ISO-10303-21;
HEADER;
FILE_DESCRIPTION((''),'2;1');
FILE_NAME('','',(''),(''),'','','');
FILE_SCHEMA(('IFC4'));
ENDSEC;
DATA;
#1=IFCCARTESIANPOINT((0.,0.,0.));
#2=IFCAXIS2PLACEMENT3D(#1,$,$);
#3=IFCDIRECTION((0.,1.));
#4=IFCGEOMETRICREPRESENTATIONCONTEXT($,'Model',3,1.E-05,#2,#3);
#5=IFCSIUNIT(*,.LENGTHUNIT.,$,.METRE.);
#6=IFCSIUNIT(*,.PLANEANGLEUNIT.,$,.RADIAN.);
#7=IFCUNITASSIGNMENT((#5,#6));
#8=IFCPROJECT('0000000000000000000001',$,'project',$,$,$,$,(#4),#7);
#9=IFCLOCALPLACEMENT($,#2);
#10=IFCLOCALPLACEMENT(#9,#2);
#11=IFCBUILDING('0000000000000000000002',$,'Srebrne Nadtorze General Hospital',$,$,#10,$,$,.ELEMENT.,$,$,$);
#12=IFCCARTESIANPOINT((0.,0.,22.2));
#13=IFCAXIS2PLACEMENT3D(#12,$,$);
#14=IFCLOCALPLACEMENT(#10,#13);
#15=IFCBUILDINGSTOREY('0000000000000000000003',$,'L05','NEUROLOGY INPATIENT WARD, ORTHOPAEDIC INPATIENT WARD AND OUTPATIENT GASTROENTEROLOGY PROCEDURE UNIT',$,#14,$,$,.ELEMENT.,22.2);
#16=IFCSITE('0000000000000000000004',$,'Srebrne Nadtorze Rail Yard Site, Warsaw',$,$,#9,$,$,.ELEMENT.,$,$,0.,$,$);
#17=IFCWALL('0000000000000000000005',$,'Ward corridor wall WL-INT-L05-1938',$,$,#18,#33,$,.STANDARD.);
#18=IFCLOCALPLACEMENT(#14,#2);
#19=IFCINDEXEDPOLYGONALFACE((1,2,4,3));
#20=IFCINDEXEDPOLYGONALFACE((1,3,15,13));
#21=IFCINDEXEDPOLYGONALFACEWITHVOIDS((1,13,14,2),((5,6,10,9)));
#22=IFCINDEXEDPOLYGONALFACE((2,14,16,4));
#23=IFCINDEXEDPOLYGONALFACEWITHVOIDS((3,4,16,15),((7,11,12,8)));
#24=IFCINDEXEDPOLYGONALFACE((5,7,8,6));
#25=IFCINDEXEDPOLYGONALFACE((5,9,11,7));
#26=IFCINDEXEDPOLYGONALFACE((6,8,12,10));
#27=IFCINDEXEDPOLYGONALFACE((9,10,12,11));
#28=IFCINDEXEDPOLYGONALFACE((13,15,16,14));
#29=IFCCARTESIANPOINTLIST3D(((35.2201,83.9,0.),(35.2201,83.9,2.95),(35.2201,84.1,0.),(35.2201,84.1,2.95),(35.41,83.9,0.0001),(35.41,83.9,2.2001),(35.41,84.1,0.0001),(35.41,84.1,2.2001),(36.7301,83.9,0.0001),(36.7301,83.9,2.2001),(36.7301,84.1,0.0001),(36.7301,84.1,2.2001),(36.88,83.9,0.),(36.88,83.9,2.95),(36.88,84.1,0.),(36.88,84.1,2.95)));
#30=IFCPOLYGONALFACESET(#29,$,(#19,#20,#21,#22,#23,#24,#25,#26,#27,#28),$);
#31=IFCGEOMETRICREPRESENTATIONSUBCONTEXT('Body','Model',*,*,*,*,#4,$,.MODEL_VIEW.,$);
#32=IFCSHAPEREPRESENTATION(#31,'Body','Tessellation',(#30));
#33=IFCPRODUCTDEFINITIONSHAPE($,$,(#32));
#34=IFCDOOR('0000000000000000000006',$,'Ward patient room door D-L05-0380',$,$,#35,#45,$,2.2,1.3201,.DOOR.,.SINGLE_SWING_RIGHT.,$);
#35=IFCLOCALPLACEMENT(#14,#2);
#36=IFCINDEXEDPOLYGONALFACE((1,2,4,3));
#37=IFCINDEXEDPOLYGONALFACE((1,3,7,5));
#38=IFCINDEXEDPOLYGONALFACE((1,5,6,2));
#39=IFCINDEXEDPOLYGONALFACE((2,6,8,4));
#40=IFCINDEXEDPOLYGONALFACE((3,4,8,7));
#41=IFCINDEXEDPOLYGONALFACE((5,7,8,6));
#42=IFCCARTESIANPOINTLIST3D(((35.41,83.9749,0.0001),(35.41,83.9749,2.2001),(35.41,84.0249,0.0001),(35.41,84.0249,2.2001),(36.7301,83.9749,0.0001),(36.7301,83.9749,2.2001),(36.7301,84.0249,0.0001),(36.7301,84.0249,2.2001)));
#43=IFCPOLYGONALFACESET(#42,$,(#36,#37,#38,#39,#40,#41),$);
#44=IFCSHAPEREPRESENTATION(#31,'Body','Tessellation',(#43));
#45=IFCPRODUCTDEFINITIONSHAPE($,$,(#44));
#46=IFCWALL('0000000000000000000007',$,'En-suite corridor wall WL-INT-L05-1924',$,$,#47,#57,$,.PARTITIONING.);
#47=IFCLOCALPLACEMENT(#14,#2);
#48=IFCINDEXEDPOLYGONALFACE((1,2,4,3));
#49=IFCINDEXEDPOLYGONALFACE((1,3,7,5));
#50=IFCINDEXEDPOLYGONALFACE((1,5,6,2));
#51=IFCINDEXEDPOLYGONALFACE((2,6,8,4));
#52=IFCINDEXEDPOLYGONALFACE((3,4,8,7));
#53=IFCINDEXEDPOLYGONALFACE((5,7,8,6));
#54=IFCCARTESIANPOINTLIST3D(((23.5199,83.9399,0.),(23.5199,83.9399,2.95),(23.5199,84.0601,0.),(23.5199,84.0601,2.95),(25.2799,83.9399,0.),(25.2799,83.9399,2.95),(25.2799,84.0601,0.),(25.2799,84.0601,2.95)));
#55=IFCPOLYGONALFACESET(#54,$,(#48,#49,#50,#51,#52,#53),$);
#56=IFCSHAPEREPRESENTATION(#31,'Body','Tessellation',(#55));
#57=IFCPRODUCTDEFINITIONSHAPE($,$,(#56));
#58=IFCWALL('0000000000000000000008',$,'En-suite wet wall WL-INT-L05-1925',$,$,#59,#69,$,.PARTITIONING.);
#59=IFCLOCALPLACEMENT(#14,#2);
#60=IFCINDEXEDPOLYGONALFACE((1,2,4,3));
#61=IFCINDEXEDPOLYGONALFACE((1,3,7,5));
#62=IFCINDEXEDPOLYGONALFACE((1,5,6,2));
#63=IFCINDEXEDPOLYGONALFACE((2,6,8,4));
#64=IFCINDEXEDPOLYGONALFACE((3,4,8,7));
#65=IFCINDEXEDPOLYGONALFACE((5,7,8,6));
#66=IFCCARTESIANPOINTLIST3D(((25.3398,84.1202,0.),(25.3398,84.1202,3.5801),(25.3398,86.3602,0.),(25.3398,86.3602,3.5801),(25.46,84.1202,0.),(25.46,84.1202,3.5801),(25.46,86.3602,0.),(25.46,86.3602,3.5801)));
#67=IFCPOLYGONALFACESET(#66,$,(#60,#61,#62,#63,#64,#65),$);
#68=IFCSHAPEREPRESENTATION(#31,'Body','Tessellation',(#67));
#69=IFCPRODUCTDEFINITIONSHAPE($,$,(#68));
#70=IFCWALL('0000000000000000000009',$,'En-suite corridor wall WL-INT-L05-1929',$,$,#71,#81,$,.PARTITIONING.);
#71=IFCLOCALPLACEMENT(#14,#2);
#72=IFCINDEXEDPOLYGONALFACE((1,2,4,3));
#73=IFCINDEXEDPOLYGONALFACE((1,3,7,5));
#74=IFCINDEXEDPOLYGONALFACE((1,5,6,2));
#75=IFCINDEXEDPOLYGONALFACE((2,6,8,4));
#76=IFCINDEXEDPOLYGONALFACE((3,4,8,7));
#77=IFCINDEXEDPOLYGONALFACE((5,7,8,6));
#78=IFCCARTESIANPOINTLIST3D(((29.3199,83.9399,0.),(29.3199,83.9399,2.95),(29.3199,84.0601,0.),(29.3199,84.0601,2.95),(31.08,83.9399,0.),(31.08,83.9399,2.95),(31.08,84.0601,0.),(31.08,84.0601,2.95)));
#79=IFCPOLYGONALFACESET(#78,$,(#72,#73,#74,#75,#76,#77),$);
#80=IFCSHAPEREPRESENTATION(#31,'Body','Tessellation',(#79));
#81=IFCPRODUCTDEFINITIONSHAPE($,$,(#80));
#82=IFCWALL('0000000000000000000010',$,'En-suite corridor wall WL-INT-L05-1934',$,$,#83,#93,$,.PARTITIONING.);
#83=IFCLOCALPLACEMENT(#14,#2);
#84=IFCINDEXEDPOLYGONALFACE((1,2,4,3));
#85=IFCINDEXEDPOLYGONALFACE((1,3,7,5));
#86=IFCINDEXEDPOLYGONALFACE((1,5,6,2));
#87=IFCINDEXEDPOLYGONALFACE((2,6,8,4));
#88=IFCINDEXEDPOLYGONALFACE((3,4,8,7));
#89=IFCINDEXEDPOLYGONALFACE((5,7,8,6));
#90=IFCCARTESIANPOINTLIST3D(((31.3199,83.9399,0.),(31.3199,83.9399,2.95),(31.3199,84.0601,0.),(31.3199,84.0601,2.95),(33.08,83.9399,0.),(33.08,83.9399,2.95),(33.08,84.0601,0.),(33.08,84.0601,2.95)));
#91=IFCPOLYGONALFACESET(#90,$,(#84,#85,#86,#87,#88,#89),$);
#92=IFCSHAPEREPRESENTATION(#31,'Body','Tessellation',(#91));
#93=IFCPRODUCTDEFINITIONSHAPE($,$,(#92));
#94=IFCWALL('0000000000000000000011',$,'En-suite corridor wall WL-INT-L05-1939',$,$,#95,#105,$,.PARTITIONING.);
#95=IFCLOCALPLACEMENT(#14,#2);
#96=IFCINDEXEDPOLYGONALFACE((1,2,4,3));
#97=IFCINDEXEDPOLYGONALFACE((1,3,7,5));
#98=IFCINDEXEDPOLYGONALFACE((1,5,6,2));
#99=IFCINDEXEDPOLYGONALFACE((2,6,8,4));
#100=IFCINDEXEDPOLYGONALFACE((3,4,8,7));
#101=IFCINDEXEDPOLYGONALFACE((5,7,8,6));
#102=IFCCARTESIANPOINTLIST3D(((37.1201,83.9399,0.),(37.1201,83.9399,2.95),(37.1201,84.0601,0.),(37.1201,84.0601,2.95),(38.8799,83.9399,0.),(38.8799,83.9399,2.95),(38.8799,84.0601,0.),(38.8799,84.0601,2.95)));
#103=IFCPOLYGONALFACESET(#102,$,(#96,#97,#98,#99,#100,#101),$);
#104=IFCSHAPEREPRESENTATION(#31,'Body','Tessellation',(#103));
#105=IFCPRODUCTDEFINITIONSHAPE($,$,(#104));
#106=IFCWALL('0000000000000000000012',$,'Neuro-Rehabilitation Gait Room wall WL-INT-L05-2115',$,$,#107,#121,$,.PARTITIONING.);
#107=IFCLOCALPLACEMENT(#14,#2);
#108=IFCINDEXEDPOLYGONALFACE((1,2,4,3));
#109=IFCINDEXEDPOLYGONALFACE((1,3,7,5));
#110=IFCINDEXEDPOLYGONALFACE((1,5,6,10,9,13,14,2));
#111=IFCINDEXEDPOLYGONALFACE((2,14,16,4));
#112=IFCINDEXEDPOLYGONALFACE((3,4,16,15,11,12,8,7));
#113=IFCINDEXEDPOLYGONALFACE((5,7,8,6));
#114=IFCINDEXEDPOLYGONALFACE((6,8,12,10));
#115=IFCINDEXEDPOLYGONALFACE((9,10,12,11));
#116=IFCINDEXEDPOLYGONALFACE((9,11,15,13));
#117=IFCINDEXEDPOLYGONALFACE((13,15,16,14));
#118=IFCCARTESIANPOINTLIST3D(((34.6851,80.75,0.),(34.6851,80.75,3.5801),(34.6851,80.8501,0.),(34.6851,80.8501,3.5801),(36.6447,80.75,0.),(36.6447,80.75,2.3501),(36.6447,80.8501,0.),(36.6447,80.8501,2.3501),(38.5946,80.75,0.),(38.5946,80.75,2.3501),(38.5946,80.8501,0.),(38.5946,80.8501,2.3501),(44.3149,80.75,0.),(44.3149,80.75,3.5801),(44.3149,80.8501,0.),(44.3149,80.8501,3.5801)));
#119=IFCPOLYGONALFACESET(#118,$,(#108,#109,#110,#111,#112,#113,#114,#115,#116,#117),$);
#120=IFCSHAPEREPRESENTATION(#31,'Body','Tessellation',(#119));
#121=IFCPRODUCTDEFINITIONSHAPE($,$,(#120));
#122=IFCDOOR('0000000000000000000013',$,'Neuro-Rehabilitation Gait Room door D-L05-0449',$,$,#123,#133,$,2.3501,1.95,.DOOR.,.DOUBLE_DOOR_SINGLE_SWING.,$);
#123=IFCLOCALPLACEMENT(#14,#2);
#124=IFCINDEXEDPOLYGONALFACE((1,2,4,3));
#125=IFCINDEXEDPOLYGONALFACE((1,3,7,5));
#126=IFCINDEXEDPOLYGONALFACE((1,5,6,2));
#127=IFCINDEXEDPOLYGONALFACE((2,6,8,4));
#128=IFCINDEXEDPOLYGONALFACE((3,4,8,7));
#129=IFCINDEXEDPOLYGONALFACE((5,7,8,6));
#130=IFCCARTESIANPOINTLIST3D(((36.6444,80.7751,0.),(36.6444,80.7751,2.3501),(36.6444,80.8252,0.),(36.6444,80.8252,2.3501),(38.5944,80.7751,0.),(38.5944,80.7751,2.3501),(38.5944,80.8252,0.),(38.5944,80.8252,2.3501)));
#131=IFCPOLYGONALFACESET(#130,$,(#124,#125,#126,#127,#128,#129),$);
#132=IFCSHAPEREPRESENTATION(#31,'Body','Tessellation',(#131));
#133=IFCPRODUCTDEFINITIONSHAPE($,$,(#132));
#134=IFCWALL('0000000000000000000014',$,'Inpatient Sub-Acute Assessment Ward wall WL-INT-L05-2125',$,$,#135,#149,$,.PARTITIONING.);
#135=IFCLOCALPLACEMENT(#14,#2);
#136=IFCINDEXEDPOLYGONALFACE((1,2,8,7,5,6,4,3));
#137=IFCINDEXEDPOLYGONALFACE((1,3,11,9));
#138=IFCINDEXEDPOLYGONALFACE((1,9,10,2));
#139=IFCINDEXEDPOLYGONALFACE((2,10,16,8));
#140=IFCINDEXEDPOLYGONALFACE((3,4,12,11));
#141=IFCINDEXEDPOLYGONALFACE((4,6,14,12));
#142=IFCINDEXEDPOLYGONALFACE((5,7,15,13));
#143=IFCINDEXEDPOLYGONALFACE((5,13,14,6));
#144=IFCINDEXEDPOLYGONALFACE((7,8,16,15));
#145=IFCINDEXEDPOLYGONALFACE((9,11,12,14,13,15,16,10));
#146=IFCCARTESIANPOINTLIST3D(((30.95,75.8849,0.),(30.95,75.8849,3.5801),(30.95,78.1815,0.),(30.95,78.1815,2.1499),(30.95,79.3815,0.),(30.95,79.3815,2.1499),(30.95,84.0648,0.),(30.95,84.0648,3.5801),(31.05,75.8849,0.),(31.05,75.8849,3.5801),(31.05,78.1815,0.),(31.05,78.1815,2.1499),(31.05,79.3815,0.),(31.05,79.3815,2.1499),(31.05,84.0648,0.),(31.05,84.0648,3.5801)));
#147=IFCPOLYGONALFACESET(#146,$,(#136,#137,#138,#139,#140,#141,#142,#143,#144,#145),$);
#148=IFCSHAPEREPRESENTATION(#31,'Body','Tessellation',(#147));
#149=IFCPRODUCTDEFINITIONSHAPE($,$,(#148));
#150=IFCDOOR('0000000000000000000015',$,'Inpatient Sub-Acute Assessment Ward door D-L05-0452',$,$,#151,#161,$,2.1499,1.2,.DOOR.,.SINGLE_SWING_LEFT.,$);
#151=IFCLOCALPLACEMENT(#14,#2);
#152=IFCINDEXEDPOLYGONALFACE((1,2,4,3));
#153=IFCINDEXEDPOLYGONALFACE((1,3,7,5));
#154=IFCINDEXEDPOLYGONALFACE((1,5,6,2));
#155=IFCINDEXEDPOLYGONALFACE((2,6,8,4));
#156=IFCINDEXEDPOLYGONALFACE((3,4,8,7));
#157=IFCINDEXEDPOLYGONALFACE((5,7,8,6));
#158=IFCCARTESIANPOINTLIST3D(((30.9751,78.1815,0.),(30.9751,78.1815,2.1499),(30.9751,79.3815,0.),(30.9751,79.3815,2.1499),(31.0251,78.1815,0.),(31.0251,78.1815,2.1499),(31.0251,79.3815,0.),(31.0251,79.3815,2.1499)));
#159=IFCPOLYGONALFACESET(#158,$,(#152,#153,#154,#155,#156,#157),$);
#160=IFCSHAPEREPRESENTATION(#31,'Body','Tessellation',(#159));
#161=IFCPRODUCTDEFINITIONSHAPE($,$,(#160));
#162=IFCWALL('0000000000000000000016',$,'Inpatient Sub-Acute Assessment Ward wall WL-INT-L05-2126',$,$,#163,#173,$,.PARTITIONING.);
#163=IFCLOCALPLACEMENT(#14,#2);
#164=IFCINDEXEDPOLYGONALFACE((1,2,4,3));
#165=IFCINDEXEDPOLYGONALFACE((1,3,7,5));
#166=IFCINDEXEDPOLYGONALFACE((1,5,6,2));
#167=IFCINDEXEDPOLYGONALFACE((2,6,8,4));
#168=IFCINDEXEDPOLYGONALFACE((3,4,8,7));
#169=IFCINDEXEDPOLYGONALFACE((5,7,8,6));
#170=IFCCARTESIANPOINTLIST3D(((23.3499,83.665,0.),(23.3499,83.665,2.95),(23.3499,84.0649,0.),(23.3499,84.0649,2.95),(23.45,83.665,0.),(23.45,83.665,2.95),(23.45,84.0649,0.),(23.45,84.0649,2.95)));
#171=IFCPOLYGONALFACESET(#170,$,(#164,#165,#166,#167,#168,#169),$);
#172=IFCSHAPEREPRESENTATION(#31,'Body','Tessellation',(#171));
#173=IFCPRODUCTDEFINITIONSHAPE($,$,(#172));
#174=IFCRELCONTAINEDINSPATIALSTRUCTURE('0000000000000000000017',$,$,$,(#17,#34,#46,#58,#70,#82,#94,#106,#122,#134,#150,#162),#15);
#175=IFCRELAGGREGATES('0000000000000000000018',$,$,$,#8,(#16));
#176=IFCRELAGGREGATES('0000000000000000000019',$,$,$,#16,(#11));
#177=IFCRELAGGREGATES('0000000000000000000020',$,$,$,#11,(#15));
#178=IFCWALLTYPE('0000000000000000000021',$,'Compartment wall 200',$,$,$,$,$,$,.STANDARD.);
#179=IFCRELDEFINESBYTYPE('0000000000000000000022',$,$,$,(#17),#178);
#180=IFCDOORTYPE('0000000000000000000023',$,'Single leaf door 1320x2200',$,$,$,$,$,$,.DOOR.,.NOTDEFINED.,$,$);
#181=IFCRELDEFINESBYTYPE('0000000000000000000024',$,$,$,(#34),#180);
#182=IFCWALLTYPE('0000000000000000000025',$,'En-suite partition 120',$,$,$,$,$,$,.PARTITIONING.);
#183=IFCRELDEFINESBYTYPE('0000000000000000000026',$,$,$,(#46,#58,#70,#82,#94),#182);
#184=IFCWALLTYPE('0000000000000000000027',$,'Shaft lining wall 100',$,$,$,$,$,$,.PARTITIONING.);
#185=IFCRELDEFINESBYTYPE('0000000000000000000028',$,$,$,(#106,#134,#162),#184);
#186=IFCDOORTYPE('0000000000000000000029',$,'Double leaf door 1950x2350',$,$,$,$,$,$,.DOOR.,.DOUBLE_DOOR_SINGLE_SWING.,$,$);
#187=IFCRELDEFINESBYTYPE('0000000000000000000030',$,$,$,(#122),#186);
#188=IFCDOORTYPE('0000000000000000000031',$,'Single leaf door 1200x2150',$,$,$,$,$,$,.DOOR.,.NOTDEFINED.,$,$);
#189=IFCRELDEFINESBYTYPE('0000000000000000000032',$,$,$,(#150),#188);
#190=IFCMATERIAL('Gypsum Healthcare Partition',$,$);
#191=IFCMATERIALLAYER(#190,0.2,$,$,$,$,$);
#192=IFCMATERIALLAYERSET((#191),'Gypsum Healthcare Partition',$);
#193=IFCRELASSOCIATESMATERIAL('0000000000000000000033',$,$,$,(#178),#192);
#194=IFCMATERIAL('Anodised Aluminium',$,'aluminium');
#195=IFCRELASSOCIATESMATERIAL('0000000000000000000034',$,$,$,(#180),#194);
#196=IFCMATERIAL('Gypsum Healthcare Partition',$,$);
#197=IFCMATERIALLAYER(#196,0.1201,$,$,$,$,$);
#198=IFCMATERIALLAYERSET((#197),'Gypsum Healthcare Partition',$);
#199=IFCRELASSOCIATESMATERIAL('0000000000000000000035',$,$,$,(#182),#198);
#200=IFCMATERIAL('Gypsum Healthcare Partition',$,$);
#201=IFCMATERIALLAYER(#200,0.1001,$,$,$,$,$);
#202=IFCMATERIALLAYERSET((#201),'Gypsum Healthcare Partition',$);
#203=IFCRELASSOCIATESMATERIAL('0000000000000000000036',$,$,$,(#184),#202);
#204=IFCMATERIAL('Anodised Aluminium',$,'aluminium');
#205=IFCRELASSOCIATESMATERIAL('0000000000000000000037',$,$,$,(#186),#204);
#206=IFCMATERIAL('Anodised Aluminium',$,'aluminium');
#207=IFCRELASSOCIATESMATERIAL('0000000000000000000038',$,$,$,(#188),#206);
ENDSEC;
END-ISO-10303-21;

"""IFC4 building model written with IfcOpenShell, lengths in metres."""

from ifc_helpers import new_model, si_unit, direction, frame, frame_2d, origin, place, context, subcontext, project, spatial, rectangle, extrude, material, layer, layer_set, type_object, element, fill, save


model = new_model("IFC4")

# Units and contexts
model_context = context("Model", 3, precision=1e-05, world=origin(), true_north=direction((0.0, 1.0)))
body_context = subcontext(model_context, "Body", "Model", "MODEL_VIEW")
ifc_project = project(units=[si_unit("LENGTHUNIT", "METRE"), si_unit("PLANEANGLEUNIT", "RADIAN")], contexts=[model_context])

# Site, building, storey
site_placement = place(None, origin())
site = spatial("IfcSite", under=ifc_project, at=site_placement, Name="Srebrne Nadtorze Rail Yard Site, Warsaw", CompositionType="ELEMENT", RefElevation=0.0)
building_placement = place(site_placement, origin())
building = spatial("IfcBuilding", under=site, at=building_placement, Name="Srebrne Nadtorze General Hospital", CompositionType="ELEMENT")
storey_placement = place(building_placement, frame((0.0, 0.0, 22.2)))
storey = spatial("IfcBuildingStorey", under=building, at=storey_placement, Name="L05", Description="NEUROLOGY INPATIENT WARD, ORTHOPAEDIC INPATIENT WARD AND OUTPATIENT GASTROENTEROLOGY PROCEDURE UNIT", CompositionType="ELEMENT", Elevation=22.2)

# Wall, opening, door
ifc_material_1 = material(Name="Gypsum Healthcare Partition")
ifc_layer_1 = layer(ifc_material_1, 0.2)
ifc_layer_set_1 = layer_set([ifc_layer_1], Name="Gypsum Healthcare Partition")
wall_type_1 = type_object("IfcWallType", Name="Compartment wall 200", PredefinedType="STANDARD", material=ifc_layer_set_1)
wall_1_placement = place(storey_placement, frame((35.22, 84.0, 0.0), z_axis=(0.0, 0.0, 1.0), x_axis=(1.0, 0.0, 0.0)))
wall_1 = element("IfcWall", 1, at=wall_1_placement, inside=storey, type_object=wall_type_1, Name="Ward corridor wall WL-INT-L05-1938", PredefinedType="STANDARD", context=body_context, shape_type="SweptSolid", body=[
    extrude(rectangle(XDim=1.6599, YDim=0.2, at=frame_2d((0.8301, 0.0))), origin(), (0.0, 0.0, 1.0), 2.95),
])
opening_1_placement = place(wall_1_placement, frame((0.1899, 0.0, 0.0)))
opening_1 = element("IfcOpeningElement", 2, at=opening_1_placement, cuts=wall_1, PredefinedType="OPENING", context=body_context, shape_type="SweptSolid", body=[
    extrude(rectangle(XDim=1.3201, YDim=2.2, at=frame_2d((0.6602, 1.1001))), frame((0.0, 0.1118, 0.0), z_axis=(0.0, -1.0, 0.0), x_axis=(1.0, 0.0, 0.0)), (0.0, 0.0, 1.0), 0.2239),
])
ifc_material_2 = material(Name="Anodised Aluminium", Category="aluminium")
door_type_1 = type_object("IfcDoorType", Name="Single leaf door 1320x2200", OperationType="NOTDEFINED", PredefinedType="DOOR", material=ifc_material_2)
door_1_placement = place(opening_1_placement, origin())
door_1 = element("IfcDoor", 3, at=door_1_placement, inside=storey, type_object=door_type_1, Name="Ward patient room door D-L05-0380", OperationType="SINGLE_SWING_RIGHT", OverallHeight=2.2, OverallWidth=1.3201, PredefinedType="DOOR", context=body_context, shape_type="SweptSolid", body=[
    extrude(rectangle(XDim=1.3201, YDim=2.2, at=frame_2d((0.6602, 1.1001))), frame((0.0, 0.0249, 0.0), z_axis=(0.0, -1.0, 0.0), x_axis=(1.0, 0.0, 0.0)), (0.0, 0.0, 1.0), 0.05),
])
fill(opening_1, door_1)

# Walls
ifc_material_3 = material(Name="Gypsum Healthcare Partition")
ifc_layer_2 = layer(ifc_material_3, 0.1201)
ifc_layer_set_2 = layer_set([ifc_layer_2], Name="Gypsum Healthcare Partition")
wall_type_2 = type_object("IfcWallType", Name="En-suite partition 120", PredefinedType="PARTITIONING", material=ifc_layer_set_2)
wall_2_placement = place(storey_placement, frame((23.52, 84.0, 0.0), z_axis=(0.0, 0.0, 1.0), x_axis=(1.0, 0.0, 0.0)))
element("IfcWall", 4, at=wall_2_placement, inside=storey, type_object=wall_type_2, Name="En-suite corridor wall WL-INT-L05-1924", PredefinedType="PARTITIONING", context=body_context, shape_type="SweptSolid", body=[
    extrude(rectangle(XDim=1.76, YDim=0.1201, at=frame_2d((0.8799, 0.0))), origin(), (0.0, 0.0, 1.0), 2.95),
])
wall_3_placement = place(storey_placement, frame((25.3999, 84.1201, 0.0), z_axis=(0.0, 0.0, 1.0), x_axis=(0.0, 1.0, 0.0)))
element("IfcWall", 5, at=wall_3_placement, inside=storey, type_object=wall_type_2, Name="En-suite wet wall WL-INT-L05-1925", PredefinedType="PARTITIONING", context=body_context, shape_type="SweptSolid", body=[
    extrude(rectangle(XDim=2.24, YDim=0.1201, at=frame_2d((1.1201, 0.0))), origin(), (0.0, 0.0, 1.0), 3.5801),
])
for number, where, z_axis, x_axis, name in (
    (6, (29.3201, 84.0, 0.0), (0.0, 0.0, 1.0), (1.0, 0.0, 0.0), "En-suite corridor wall WL-INT-L05-1929"),
    (7, (31.3201, 84.0, 0.0), (0.0, 0.0, 1.0), (1.0, 0.0, 0.0), "En-suite corridor wall WL-INT-L05-1934"),
):
    element("IfcWall", number, at=place(storey_placement, frame(where, z_axis=z_axis, x_axis=x_axis)), inside=storey, type_object=wall_type_2, Name=name, PredefinedType="PARTITIONING", context=body_context, shape_type="SweptSolid", body=[
        extrude(rectangle(XDim=1.76, YDim=0.1201, at=frame_2d((0.8799, 0.0))), origin(), (0.0, 0.0, 1.0), 2.95),
    ])
wall_4_placement = place(storey_placement, frame((37.1201, 84.0, 0.0), z_axis=(0.0, 0.0, 1.0), x_axis=(1.0, 0.0, 0.0)))
element("IfcWall", 8, at=wall_4_placement, inside=storey, type_object=wall_type_2, Name="En-suite corridor wall WL-INT-L05-1939", PredefinedType="PARTITIONING", context=body_context, shape_type="SweptSolid", body=[
    extrude(rectangle(XDim=1.7598, YDim=0.1201, at=frame_2d((0.8799, 0.0))), origin(), (0.0, 0.0, 1.0), 2.95),
])

# Walls, openings, doors
ifc_material_4 = material(Name="Gypsum Healthcare Partition")
ifc_layer_3 = layer(ifc_material_4, 0.1001)
ifc_layer_set_3 = layer_set([ifc_layer_3], Name="Gypsum Healthcare Partition")
wall_type_3 = type_object("IfcWallType", Name="Shaft lining wall 100", PredefinedType="PARTITIONING", material=ifc_layer_set_3)
wall_5_placement = place(storey_placement, frame((34.6851, 80.8, 0.0), z_axis=(0.0, 0.0, 1.0), x_axis=(1.0, 0.0, 0.0)))
wall_5 = element("IfcWall", 9, at=wall_5_placement, inside=storey, type_object=wall_type_3, Name="Neuro-Rehabilitation Gait Room wall WL-INT-L05-2115", PredefinedType="PARTITIONING", context=body_context, shape_type="SweptSolid", body=[
    extrude(rectangle(XDim=9.6299, YDim=0.1001, at=frame_2d((4.8149, 0.0))), origin(), (0.0, 0.0, 1.0), 3.5801),
])
opening_2_placement = place(wall_5_placement, frame((1.9595, 0.0, 0.0)))
opening_2 = element("IfcOpeningElement", 10, at=opening_2_placement, cuts=wall_5, PredefinedType="OPENING", context=body_context, shape_type="SweptSolid", body=[
    extrude(rectangle(XDim=1.95, YDim=2.3501, at=frame_2d((0.9751, 1.175))), frame((0.0, 0.062, 0.0), z_axis=(0.0, -1.0, 0.0), x_axis=(1.0, 0.0, 0.0)), (0.0, 0.0, 1.0), 0.124),
])
ifc_material_5 = material(Name="Anodised Aluminium", Category="aluminium")
door_type_2 = type_object("IfcDoorType", Name="Double leaf door 1950x2350", OperationType="DOUBLE_DOOR_SINGLE_SWING", PredefinedType="DOOR", material=ifc_material_5)
door_2_placement = place(opening_2_placement, frame((1.95, 0.0, 0.0), z_axis=(0.0, 0.0, 1.0), x_axis=(-1.0, 0.0, 0.0)))
door_2 = element("IfcDoor", 11, at=door_2_placement, inside=storey, type_object=door_type_2, Name="Neuro-Rehabilitation Gait Room door D-L05-0449", OperationType="DOUBLE_DOOR_SINGLE_SWING", OverallHeight=2.3501, OverallWidth=1.95, PredefinedType="DOOR", context=body_context, shape_type="SweptSolid", body=[
    extrude(rectangle(XDim=1.95, YDim=2.3501, at=frame_2d((0.9751, 1.175))), frame((0.0, 0.0249, 0.0), z_axis=(0.0, -1.0, 0.0), x_axis=(1.0, 0.0, 0.0)), (0.0, 0.0, 1.0), 0.05),
])
fill(opening_2, door_2)
wall_6_placement = place(storey_placement, frame((31.0, 75.885, 0.0), z_axis=(0.0, 0.0, 1.0), x_axis=(0.0, 1.0, 0.0)))
wall_6 = element("IfcWall", 12, at=wall_6_placement, inside=storey, type_object=wall_type_3, Name="Inpatient Sub-Acute Assessment Ward wall WL-INT-L05-2125", PredefinedType="PARTITIONING", context=body_context, shape_type="SweptSolid", body=[
    extrude(rectangle(XDim=8.1799, YDim=0.1001, at=frame_2d((4.0898, 0.0))), origin(), (0.0, 0.0, 1.0), 3.5801),
])
opening_3_placement = place(wall_6_placement, frame((2.2964, 0.0, 0.0)))
opening_3 = element("IfcOpeningElement", 13, at=opening_3_placement, cuts=wall_6, PredefinedType="OPENING", context=body_context, shape_type="SweptSolid", body=[
    extrude(rectangle(XDim=1.2, YDim=2.1499, at=frame_2d((0.6001, 1.075))), frame((0.0, 0.062, 0.0), z_axis=(0.0, -1.0, 0.0), x_axis=(1.0, 0.0, 0.0)), (0.0, 0.0, 1.0), 0.124),
])
ifc_material_6 = material(Name="Anodised Aluminium", Category="aluminium")
door_type_3 = type_object("IfcDoorType", Name="Single leaf door 1200x2150", OperationType="NOTDEFINED", PredefinedType="DOOR", material=ifc_material_6)
door_3_placement = place(opening_3_placement, origin())
door_3 = element("IfcDoor", 14, at=door_3_placement, inside=storey, type_object=door_type_3, Name="Inpatient Sub-Acute Assessment Ward door D-L05-0452", OperationType="SINGLE_SWING_LEFT", OverallHeight=2.1499, OverallWidth=1.2, PredefinedType="DOOR", context=body_context, shape_type="SweptSolid", body=[
    extrude(rectangle(XDim=1.2, YDim=2.1499, at=frame_2d((0.6001, 1.075))), frame((0.0, 0.0249, 0.0), z_axis=(0.0, -1.0, 0.0), x_axis=(1.0, 0.0, 0.0)), (0.0, 0.0, 1.0), 0.05),
])
fill(opening_3, door_3)

# Wall
wall_7_placement = place(storey_placement, frame((23.3999, 83.665, 0.0), z_axis=(0.0, 0.0, 1.0), x_axis=(0.0, 1.0, 0.0)))
element("IfcWall", 15, at=wall_7_placement, inside=storey, type_object=wall_type_3, Name="Inpatient Sub-Acute Assessment Ward wall WL-INT-L05-2126", PredefinedType="PARTITIONING", context=body_context, shape_type="SweptSolid", body=[
    extrude(rectangle(XDim=0.3999, YDim=0.1001, at=frame_2d((0.2, 0.0))), origin(), (0.0, 0.0, 1.0), 2.95),
])

save(model, "model.ifc")
